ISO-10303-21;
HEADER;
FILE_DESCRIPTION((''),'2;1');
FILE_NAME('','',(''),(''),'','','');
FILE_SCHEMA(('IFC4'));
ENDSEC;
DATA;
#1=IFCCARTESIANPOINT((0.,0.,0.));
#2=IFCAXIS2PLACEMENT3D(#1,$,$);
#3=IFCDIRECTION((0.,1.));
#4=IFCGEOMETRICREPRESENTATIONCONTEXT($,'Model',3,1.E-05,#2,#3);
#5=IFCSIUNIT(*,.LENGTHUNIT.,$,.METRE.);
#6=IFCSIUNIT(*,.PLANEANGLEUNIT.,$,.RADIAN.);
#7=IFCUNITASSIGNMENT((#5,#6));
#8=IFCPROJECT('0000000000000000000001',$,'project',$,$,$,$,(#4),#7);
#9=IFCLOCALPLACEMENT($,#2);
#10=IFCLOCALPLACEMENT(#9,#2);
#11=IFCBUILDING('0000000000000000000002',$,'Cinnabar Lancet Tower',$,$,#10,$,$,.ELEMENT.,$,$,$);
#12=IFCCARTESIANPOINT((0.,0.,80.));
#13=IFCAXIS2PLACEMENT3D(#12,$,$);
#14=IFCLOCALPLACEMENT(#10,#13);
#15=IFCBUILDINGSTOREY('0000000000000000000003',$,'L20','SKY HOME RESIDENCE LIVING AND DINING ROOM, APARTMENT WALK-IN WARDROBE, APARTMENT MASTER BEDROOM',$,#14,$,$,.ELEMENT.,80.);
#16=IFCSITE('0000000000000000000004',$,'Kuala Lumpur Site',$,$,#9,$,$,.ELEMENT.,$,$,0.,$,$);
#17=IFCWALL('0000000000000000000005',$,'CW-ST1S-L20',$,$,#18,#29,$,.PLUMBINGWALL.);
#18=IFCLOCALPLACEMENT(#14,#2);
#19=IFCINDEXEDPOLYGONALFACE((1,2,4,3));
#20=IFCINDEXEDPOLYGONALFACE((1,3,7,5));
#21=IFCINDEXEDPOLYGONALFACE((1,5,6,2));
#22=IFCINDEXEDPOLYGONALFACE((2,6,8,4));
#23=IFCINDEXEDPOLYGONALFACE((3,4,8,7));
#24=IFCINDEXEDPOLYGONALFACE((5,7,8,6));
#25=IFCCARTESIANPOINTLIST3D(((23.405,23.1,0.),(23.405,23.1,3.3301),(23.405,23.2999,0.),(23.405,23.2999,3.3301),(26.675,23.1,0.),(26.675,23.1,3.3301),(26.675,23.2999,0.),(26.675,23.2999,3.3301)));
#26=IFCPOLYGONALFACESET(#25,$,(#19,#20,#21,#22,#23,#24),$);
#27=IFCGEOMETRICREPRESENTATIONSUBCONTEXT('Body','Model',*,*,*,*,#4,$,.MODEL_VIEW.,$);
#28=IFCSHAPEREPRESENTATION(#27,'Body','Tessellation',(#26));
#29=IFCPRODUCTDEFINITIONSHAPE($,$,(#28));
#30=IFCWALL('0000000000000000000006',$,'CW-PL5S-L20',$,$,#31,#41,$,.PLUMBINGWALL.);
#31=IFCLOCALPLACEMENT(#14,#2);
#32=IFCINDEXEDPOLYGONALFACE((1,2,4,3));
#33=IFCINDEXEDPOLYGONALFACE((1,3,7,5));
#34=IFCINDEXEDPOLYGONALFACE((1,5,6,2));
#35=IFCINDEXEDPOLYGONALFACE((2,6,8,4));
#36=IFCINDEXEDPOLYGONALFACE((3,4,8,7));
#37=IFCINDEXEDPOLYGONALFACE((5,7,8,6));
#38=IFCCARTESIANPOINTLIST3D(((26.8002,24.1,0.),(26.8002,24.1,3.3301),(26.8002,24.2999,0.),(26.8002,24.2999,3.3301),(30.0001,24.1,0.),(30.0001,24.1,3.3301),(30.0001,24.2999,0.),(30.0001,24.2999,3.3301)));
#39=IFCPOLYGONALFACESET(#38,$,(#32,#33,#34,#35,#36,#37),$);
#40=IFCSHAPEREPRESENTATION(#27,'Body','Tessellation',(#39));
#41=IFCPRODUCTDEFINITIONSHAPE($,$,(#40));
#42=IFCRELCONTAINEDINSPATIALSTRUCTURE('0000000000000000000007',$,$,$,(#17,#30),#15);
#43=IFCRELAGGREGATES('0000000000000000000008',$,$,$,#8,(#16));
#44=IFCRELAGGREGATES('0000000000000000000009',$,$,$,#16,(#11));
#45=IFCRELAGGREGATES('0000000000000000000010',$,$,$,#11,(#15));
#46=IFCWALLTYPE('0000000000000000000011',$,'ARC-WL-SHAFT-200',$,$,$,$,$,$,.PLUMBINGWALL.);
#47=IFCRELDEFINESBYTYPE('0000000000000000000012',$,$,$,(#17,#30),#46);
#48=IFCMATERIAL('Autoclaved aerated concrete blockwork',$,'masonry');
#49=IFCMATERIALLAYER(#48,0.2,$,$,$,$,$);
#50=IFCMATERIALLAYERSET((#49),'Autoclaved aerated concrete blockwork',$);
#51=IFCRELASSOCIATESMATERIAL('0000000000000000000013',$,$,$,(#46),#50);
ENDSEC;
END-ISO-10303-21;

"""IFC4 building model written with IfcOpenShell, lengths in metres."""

from ifc_helpers import new_model, si_unit, direction, frame, frame_2d, origin, place, context, subcontext, project, spatial, rectangle, extrude, material, layer, layer_set, type_object, element, save


model = new_model("IFC4")

# Units and contexts
model_context = context("Model", 3, precision=1e-05, world=origin(), true_north=direction((0.0, 1.0)))
body_context = subcontext(model_context, "Body", "Model", "MODEL_VIEW")
ifc_project = project(units=[si_unit("LENGTHUNIT", "METRE"), si_unit("PLANEANGLEUNIT", "RADIAN")], contexts=[model_context])

# Site, building, storey
site_placement = place(None, origin())
site = spatial("IfcSite", under=ifc_project, at=site_placement, Name="Kuala Lumpur Site", CompositionType="ELEMENT", RefElevation=0.0)
building_placement = place(site_placement, origin())
building = spatial("IfcBuilding", under=site, at=building_placement, Name="Cinnabar Lancet Tower", CompositionType="ELEMENT")
storey_placement = place(building_placement, frame((0.0, 0.0, 80.0)))
storey = spatial("IfcBuildingStorey", under=building, at=storey_placement, Name="L20", Description="SKY HOME RESIDENCE LIVING AND DINING ROOM, APARTMENT WALK-IN WARDROBE, APARTMENT MASTER BEDROOM", CompositionType="ELEMENT", Elevation=80.0)

# Walls
ifc_material_1 = material(Name="Autoclaved aerated concrete blockwork", Category="masonry")
ifc_layer_1 = layer(ifc_material_1, 0.2)
ifc_layer_set_1 = layer_set([ifc_layer_1], Name="Autoclaved aerated concrete blockwork")
wall_type_1 = type_object("IfcWallType", Name="ARC-WL-SHAFT-200", PredefinedType="PLUMBINGWALL", material=ifc_layer_set_1)
wall_1_placement = place(storey_placement, frame((23.405, 23.2, 0.0), z_axis=(0.0, 0.0, 1.0), x_axis=(1.0, 0.0, 0.0)))
element("IfcWall", 1, at=wall_1_placement, inside=storey, type_object=wall_type_1, Name="CW-ST1S-L20", PredefinedType="PLUMBINGWALL", context=body_context, shape_type="SweptSolid", body=[
    extrude(rectangle(XDim=3.27, YDim=0.2, at=frame_2d((1.635, 0.0))), origin(), (0.0, 0.0, 1.0), 3.3301),
])
wall_2_placement = place(storey_placement, frame((26.8, 24.2, 0.0), z_axis=(0.0, 0.0, 1.0), x_axis=(1.0, 0.0, 0.0)))
element("IfcWall", 2, at=wall_2_placement, inside=storey, type_object=wall_type_1, Name="CW-PL5S-L20", PredefinedType="PLUMBINGWALL", context=body_context, shape_type="SweptSolid", body=[
    extrude(rectangle(XDim=3.2, YDim=0.2, at=frame_2d((1.6001, 0.0))), origin(), (0.0, 0.0, 1.0), 3.3301),
])

save(model, "model.ifc")
